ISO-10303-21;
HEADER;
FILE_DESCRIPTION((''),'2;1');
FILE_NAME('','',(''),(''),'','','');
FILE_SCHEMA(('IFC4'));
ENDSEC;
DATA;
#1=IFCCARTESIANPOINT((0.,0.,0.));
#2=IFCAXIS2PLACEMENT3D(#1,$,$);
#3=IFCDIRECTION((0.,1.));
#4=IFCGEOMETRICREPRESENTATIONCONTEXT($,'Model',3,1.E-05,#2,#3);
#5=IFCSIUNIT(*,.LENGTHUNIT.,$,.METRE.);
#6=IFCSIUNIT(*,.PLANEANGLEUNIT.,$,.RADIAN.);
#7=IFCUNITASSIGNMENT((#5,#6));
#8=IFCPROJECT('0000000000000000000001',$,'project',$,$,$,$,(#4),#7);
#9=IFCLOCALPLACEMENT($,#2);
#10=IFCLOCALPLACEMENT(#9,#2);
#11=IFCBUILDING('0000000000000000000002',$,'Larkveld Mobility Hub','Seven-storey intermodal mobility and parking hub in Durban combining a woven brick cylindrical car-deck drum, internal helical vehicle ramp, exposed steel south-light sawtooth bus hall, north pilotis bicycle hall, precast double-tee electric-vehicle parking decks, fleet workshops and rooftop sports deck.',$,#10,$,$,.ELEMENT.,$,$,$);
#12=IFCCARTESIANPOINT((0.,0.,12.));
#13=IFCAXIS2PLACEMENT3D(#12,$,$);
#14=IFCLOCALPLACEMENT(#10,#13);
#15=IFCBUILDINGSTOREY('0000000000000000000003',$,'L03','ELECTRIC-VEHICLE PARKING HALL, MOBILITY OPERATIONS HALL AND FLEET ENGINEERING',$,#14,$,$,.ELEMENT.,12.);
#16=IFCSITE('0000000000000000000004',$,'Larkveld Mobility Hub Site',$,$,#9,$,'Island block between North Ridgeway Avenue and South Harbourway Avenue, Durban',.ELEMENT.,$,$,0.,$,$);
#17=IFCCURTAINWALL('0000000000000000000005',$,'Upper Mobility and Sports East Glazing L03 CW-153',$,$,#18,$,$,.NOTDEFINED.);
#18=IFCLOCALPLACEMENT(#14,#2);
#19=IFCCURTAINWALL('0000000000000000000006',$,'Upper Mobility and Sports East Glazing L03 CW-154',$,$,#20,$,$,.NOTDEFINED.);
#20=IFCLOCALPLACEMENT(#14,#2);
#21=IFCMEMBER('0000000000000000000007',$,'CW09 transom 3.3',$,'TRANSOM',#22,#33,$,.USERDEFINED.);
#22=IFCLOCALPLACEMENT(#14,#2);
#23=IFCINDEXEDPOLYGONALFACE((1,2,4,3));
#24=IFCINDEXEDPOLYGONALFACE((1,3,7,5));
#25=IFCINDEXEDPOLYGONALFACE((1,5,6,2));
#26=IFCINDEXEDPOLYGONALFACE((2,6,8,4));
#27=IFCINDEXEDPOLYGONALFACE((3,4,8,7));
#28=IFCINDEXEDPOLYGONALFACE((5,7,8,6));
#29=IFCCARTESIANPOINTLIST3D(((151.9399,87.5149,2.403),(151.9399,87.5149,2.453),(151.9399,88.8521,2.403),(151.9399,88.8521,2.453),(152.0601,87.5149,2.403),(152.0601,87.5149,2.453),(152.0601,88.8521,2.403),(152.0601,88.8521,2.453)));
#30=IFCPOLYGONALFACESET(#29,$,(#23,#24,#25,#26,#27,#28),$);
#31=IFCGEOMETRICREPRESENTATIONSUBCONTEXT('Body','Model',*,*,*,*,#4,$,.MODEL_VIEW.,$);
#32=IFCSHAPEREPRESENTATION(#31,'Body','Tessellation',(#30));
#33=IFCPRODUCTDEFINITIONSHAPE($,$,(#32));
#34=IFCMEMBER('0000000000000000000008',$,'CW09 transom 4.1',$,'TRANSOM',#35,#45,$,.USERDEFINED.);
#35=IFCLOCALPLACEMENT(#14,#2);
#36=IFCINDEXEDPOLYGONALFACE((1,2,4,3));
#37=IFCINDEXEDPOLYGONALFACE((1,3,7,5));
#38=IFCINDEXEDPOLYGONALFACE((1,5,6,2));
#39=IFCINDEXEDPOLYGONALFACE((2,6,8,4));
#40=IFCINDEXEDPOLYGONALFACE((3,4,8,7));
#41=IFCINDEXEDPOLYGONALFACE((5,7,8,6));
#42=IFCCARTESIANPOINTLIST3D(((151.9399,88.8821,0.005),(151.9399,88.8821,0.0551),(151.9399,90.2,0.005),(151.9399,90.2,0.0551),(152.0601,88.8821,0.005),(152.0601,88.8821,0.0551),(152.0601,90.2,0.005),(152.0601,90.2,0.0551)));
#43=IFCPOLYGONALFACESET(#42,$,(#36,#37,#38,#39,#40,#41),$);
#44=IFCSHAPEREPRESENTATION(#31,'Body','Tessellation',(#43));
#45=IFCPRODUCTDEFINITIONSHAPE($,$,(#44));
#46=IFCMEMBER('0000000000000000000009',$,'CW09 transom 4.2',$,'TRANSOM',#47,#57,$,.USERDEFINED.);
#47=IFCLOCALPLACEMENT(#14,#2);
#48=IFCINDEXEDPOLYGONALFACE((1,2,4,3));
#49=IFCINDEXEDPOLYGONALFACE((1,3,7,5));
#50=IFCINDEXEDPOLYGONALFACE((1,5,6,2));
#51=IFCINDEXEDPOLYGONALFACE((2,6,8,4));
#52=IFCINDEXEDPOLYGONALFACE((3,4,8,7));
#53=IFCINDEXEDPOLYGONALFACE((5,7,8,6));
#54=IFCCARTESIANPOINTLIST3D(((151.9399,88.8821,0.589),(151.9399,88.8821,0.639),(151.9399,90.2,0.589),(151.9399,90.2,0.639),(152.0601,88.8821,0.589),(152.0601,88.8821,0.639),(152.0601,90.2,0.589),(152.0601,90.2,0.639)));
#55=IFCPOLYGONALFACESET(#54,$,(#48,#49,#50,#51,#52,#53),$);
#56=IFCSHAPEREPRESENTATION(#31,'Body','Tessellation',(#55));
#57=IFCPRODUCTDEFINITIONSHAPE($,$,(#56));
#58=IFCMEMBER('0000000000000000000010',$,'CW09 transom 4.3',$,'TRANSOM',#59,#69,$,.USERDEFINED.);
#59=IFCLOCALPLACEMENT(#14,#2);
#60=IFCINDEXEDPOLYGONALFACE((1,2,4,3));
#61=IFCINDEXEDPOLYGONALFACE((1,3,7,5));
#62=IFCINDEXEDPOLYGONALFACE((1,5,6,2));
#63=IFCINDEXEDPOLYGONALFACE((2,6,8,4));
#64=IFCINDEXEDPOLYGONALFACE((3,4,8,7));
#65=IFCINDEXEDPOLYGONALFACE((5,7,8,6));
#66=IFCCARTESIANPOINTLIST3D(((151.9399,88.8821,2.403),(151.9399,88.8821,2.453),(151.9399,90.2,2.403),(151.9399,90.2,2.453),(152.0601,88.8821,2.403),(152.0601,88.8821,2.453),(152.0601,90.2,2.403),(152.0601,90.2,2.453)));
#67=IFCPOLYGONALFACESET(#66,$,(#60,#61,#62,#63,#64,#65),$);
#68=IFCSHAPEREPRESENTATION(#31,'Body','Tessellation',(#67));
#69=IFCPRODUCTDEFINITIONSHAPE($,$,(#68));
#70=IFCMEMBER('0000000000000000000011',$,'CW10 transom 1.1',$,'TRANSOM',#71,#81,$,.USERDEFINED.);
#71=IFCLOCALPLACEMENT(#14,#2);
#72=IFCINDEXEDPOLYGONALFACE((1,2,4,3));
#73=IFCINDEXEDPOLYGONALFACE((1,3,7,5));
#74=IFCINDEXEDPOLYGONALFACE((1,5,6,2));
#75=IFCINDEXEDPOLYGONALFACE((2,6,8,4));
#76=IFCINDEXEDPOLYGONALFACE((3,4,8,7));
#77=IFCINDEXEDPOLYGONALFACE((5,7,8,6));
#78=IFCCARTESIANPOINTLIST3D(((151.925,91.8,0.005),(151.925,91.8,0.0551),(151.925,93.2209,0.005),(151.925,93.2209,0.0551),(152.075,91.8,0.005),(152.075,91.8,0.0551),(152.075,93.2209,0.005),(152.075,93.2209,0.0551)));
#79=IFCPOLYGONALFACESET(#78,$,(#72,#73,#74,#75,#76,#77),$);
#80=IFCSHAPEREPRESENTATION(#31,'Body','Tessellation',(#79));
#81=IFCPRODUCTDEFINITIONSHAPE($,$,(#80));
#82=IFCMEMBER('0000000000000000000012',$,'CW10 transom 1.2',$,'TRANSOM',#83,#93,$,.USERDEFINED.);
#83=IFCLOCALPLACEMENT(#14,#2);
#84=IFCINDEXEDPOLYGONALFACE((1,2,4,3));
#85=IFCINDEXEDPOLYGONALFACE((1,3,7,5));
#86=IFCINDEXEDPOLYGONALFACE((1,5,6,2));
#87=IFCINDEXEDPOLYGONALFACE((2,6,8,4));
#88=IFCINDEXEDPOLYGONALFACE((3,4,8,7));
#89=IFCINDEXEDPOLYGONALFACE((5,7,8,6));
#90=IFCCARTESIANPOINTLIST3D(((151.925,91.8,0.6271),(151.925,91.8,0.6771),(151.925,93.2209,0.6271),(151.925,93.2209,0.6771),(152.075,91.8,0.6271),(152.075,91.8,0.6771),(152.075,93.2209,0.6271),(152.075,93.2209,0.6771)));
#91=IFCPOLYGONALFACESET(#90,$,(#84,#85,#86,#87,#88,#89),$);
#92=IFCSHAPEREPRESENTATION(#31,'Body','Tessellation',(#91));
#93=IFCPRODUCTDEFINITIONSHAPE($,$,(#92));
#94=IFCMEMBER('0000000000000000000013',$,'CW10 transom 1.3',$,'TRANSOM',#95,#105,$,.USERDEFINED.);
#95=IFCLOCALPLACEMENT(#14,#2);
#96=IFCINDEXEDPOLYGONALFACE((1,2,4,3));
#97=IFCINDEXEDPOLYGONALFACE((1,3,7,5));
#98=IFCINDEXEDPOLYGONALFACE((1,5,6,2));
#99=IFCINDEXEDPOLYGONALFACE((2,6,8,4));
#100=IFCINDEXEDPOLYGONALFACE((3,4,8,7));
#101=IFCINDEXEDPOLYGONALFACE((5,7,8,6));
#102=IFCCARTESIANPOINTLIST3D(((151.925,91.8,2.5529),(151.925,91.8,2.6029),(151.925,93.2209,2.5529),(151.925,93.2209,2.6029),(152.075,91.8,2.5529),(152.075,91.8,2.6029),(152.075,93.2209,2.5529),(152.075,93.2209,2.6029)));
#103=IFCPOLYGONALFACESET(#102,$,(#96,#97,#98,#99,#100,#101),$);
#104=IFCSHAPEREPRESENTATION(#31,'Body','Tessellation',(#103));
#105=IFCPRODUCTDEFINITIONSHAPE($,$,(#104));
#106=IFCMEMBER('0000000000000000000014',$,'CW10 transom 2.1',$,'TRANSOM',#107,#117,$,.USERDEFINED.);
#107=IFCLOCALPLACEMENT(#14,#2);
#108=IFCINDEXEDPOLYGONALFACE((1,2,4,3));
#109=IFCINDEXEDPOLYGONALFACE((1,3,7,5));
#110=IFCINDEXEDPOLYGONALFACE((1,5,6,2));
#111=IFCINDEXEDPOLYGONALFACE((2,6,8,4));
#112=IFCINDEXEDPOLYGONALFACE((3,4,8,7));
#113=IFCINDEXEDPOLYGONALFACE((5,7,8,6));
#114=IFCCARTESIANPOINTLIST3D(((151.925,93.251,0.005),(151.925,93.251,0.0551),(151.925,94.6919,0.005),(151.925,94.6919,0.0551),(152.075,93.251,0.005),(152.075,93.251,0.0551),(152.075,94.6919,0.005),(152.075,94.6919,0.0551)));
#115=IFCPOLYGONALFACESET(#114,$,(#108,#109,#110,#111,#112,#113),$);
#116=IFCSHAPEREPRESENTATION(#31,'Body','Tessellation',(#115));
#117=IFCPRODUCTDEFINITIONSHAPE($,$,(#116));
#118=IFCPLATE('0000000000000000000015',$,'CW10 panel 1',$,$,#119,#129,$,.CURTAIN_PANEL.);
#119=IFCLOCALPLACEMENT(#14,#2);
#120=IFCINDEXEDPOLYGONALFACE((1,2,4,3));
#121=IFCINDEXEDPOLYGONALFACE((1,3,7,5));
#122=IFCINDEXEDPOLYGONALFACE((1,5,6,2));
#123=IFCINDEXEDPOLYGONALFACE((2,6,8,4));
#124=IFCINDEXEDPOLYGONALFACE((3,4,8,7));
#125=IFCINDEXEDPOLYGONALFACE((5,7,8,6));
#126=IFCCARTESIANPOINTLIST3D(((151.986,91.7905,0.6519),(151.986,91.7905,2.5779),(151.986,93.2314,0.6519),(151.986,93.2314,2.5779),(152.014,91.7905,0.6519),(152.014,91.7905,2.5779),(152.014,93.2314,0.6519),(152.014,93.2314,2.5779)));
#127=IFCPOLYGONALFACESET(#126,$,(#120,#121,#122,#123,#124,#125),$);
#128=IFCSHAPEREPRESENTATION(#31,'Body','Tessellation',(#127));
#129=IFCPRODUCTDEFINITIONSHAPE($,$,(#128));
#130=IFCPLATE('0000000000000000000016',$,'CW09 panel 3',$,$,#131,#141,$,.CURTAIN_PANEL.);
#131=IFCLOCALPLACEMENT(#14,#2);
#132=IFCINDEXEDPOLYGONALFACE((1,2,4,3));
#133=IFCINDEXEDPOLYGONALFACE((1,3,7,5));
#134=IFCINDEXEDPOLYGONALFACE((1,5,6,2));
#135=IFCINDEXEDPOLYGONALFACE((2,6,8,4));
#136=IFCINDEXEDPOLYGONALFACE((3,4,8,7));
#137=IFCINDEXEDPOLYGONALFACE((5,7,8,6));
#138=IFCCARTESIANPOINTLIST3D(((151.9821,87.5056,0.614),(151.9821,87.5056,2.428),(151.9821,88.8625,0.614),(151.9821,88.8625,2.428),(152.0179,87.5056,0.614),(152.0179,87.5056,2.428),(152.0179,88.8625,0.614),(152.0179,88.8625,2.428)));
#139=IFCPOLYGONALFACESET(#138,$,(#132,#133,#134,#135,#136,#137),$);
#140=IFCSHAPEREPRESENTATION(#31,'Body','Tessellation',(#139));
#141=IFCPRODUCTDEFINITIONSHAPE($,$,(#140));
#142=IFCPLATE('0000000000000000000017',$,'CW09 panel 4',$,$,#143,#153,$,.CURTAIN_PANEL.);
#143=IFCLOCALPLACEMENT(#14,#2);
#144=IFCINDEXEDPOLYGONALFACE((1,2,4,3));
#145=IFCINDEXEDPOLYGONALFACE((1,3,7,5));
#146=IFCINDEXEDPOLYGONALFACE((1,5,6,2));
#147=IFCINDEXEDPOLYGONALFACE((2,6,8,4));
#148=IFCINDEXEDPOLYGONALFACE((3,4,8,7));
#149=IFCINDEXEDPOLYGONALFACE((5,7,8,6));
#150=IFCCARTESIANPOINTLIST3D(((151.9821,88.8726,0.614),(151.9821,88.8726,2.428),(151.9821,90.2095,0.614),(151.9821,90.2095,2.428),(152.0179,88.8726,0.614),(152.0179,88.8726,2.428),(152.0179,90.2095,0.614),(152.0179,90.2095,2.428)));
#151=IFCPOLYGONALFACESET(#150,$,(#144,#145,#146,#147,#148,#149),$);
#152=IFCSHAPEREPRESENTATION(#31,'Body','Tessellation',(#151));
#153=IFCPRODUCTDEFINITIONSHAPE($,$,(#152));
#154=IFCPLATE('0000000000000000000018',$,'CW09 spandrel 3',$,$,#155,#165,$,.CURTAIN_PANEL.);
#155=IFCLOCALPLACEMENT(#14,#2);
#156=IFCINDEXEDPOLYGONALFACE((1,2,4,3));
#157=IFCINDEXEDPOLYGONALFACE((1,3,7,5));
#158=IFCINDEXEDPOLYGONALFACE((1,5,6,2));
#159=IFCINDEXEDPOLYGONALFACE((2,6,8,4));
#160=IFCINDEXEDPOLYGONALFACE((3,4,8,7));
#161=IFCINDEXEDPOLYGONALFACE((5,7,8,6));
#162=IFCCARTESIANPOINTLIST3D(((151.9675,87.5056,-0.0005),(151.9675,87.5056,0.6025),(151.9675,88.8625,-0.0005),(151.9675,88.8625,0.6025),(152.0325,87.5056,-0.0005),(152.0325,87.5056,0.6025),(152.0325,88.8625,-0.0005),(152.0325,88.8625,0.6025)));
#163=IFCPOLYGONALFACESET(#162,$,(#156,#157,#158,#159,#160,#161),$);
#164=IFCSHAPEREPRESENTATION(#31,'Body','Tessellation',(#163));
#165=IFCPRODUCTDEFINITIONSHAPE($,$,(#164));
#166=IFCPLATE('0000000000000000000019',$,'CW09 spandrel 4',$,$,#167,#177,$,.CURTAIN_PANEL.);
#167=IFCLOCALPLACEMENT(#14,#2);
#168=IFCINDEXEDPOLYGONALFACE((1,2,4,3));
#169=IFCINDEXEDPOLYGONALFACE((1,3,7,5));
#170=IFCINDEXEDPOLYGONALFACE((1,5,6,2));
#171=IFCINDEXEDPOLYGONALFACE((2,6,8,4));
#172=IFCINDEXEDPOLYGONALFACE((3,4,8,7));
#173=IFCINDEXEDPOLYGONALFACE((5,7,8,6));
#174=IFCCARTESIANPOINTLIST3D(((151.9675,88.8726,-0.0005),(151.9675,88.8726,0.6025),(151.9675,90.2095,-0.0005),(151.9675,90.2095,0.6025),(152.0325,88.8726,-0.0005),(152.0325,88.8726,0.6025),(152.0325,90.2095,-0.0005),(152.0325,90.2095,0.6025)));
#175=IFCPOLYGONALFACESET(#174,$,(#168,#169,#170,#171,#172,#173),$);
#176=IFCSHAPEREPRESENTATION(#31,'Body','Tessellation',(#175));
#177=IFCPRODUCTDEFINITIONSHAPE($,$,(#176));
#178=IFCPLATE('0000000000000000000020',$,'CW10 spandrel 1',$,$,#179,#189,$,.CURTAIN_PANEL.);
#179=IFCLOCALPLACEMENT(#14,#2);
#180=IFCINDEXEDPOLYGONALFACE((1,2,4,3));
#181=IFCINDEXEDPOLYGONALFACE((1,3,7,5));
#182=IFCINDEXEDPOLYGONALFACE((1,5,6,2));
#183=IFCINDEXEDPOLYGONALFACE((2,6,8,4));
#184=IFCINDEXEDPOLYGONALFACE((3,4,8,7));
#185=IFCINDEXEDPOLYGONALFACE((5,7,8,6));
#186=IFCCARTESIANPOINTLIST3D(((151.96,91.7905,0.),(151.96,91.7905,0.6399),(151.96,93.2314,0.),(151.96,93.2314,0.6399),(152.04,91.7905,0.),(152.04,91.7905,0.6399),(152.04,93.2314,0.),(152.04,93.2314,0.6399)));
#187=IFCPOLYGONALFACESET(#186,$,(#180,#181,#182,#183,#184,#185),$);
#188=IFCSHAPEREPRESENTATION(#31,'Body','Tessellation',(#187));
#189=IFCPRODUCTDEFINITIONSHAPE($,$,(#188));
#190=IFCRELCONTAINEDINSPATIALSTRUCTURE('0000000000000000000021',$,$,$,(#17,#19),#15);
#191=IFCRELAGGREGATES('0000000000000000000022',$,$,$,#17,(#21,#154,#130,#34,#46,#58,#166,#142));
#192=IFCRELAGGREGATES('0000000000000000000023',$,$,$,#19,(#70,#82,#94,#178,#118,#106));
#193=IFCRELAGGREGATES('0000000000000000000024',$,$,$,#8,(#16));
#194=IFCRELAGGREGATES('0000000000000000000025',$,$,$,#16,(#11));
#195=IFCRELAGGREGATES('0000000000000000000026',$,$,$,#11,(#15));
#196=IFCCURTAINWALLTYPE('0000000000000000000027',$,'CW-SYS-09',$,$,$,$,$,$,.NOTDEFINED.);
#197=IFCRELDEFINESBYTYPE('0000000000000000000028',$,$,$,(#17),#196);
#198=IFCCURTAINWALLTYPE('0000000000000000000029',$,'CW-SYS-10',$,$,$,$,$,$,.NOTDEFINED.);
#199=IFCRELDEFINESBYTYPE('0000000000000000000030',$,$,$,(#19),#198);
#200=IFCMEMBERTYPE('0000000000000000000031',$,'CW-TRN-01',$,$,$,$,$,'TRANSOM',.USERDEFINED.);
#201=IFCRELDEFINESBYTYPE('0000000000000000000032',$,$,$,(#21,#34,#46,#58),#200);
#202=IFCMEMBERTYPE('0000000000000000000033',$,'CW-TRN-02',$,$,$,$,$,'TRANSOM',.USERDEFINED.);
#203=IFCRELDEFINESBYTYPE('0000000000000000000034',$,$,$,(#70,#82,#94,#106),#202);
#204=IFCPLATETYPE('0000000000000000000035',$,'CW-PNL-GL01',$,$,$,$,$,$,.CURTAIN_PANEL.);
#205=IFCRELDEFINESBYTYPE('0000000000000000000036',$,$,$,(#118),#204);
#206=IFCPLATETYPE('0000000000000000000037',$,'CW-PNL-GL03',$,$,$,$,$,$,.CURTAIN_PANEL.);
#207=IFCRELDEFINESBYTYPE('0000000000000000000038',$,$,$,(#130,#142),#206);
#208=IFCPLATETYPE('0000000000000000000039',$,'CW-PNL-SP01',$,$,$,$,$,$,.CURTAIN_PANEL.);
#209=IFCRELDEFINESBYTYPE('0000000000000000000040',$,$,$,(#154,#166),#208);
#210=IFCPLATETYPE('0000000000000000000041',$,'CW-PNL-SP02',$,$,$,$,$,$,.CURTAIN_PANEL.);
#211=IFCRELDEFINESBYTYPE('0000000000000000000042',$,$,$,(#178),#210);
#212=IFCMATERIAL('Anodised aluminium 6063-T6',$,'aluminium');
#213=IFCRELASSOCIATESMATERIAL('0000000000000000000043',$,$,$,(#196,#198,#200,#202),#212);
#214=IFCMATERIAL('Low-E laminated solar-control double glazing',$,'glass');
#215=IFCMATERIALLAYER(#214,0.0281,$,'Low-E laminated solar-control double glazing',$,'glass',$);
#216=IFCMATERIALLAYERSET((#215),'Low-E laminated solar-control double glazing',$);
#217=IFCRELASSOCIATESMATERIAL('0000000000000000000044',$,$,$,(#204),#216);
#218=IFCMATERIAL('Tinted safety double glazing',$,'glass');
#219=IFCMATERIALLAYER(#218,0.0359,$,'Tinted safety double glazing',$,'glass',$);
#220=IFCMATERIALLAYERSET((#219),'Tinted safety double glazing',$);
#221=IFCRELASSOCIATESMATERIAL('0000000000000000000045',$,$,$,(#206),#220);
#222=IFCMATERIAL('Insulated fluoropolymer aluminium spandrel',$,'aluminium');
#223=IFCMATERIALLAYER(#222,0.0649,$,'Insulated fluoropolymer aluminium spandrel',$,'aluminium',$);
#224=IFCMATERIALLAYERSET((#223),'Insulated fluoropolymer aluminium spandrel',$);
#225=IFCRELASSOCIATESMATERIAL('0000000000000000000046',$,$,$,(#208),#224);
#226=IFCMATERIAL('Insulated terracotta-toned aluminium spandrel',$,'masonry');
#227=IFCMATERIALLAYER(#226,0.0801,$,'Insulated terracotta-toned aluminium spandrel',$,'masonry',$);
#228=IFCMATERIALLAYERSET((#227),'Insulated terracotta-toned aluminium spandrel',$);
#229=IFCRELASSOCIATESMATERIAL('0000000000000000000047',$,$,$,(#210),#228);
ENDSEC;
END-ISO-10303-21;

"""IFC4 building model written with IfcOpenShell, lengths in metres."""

from ifc_helpers import new_model, si_unit, direction, frame, origin, origin_2d, place, context, subcontext, project, spatial, rectangle, extrude, material, layer, layer_set, material_profile, profile_set, type_object, element, aggregate, save


model = new_model("IFC4")

# Units and contexts
model_context = context("Model", 3, precision=1e-05, world=origin(), true_north=direction((0.0, 1.0)))
body_context = subcontext(model_context, "Body", "Model", "MODEL_VIEW")
ifc_project = project(units=[si_unit("LENGTHUNIT", "METRE"), si_unit("PLANEANGLEUNIT", "RADIAN")], contexts=[model_context])

# Site, building, storey
site_placement = place(None, origin())
site = spatial("IfcSite", under=ifc_project, at=site_placement, Name="Larkveld Mobility Hub Site", LongName="Island block between North Ridgeway Avenue and South Harbourway Avenue, Durban", CompositionType="ELEMENT", RefElevation=0.0)
building_placement = place(site_placement, origin())
building = spatial("IfcBuilding", under=site, at=building_placement, Name="Larkveld Mobility Hub", Description="Seven-storey intermodal mobility and parking hub in Durban combining a woven brick cylindrical car-deck drum, internal helical vehicle ramp, exposed steel south-light sawtooth bus hall, north pilotis bicycle hall, precast double-tee electric-vehicle parking decks, fleet workshops and rooftop sports deck.", CompositionType="ELEMENT")
storey_placement = place(building_placement, frame((0.0, 0.0, 12.0)))
storey = spatial("IfcBuildingStorey", under=building, at=storey_placement, Name="L03", Description="ELECTRIC-VEHICLE PARKING HALL, MOBILITY OPERATIONS HALL AND FLEET ENGINEERING", CompositionType="ELEMENT", Elevation=12.0)

# Curtain walls
ifc_material_1 = material(Name="Anodised aluminium 6063-T6", Category="aluminium")
curtain_wall_type_1 = type_object("IfcCurtainWallType", Name="CW-SYS-09", PredefinedType="NOTDEFINED", material=ifc_material_1)
curtain_wall_1_placement = place(storey_placement, origin())
curtain_wall_1 = element("IfcCurtainWall", 1, at=curtain_wall_1_placement, inside=storey, type_object=curtain_wall_type_1, Name="Upper Mobility and Sports East Glazing L03 CW-153", PredefinedType="NOTDEFINED")
curtain_wall_type_2 = type_object("IfcCurtainWallType", Name="CW-SYS-10", PredefinedType="NOTDEFINED", material=ifc_material_1)
curtain_wall_2_placement = place(storey_placement, origin())
curtain_wall_2 = element("IfcCurtainWall", 2, at=curtain_wall_2_placement, inside=storey, type_object=curtain_wall_type_2, Name="Upper Mobility and Sports East Glazing L03 CW-154", PredefinedType="NOTDEFINED")

# Members
ifc_material_profile_1 = material_profile(ifc_material_1, rectangle(XDim=0.1201, YDim=0.05, at=origin_2d()), Name="ALU TRAN 50x120")
ifc_profile_set_1 = profile_set([ifc_material_profile_1], Name="Anodised aluminium 6063-T6")
member_type_1 = type_object("IfcMemberType", Name="CW-TRN-01", ElementType="TRANSOM", PredefinedType="USERDEFINED", material=ifc_profile_set_1)
member_1_placement = place(storey_placement, frame((152.0, 87.5149, 2.428), z_axis=(0.0, 1.0, 0.0), x_axis=(-1.0, 0.0, 0.0)))
member_1 = element("IfcMember", 3, at=member_1_placement, type_object=member_type_1, Name="CW09 transom 3.3", ObjectType="TRANSOM", PredefinedType="USERDEFINED", context=body_context, shape_type="SweptSolid", body=[
    extrude(rectangle(XDim=0.1201, YDim=0.05, at=origin_2d()), origin(), (0.0, 0.0, 1.0), 1.3372),
])
member_2_placement = place(storey_placement, frame((152.0, 88.8821, 0.03), z_axis=(0.0, 1.0, 0.0), x_axis=(-1.0, 0.0, 0.0)))
member_2 = element("IfcMember", 4, at=member_2_placement, type_object=member_type_1, Name="CW09 transom 4.1", ObjectType="TRANSOM", PredefinedType="USERDEFINED", context=body_context, shape_type="SweptSolid", body=[
    extrude(rectangle(XDim=0.1201, YDim=0.05, at=origin_2d()), origin(), (0.0, 0.0, 1.0), 1.3179),
])
member_3_placement = place(storey_placement, frame((152.0, 88.8821, 0.614), z_axis=(0.0, 1.0, 0.0), x_axis=(-1.0, 0.0, 0.0)))
member_3 = element("IfcMember", 5, at=member_3_placement, type_object=member_type_1, Name="CW09 transom 4.2", ObjectType="TRANSOM", PredefinedType="USERDEFINED", context=body_context, shape_type="SweptSolid", body=[
    extrude(rectangle(XDim=0.1201, YDim=0.05, at=origin_2d()), origin(), (0.0, 0.0, 1.0), 1.3179),
])
member_4_placement = place(storey_placement, frame((152.0, 88.8821, 2.428), z_axis=(0.0, 1.0, 0.0), x_axis=(-1.0, 0.0, 0.0)))
member_4 = element("IfcMember", 6, at=member_4_placement, type_object=member_type_1, Name="CW09 transom 4.3", ObjectType="TRANSOM", PredefinedType="USERDEFINED", context=body_context, shape_type="SweptSolid", body=[
    extrude(rectangle(XDim=0.1201, YDim=0.05, at=origin_2d()), origin(), (0.0, 0.0, 1.0), 1.3179),
])
ifc_material_profile_2 = material_profile(ifc_material_1, rectangle(XDim=0.1499, YDim=0.05, at=origin_2d()), Name="ALU TRAN 50x150")
ifc_profile_set_2 = profile_set([ifc_material_profile_2], Name="Anodised aluminium 6063-T6")
member_type_2 = type_object("IfcMemberType", Name="CW-TRN-02", ElementType="TRANSOM", PredefinedType="USERDEFINED", material=ifc_profile_set_2)
member_5_placement = place(storey_placement, frame((152.0, 91.8, 0.03), z_axis=(0.0, 1.0, 0.0), x_axis=(-1.0, 0.0, 0.0)))
member_5 = element("IfcMember", 7, at=member_5_placement, type_object=member_type_2, Name="CW10 transom 1.1", ObjectType="TRANSOM", PredefinedType="USERDEFINED", context=body_context, shape_type="SweptSolid", body=[
    extrude(rectangle(XDim=0.1499, YDim=0.05, at=origin_2d()), origin(), (0.0, 0.0, 1.0), 1.4209),
])
member_6_placement = place(storey_placement, frame((152.0, 91.8, 0.6521), z_axis=(0.0, 1.0, 0.0), x_axis=(-1.0, 0.0, 0.0)))
member_6 = element("IfcMember", 8, at=member_6_placement, type_object=member_type_2, Name="CW10 transom 1.2", ObjectType="TRANSOM", PredefinedType="USERDEFINED", context=body_context, shape_type="SweptSolid", body=[
    extrude(rectangle(XDim=0.1499, YDim=0.05, at=origin_2d()), origin(), (0.0, 0.0, 1.0), 1.4209),
])
member_7_placement = place(storey_placement, frame((152.0, 91.8, 2.5779), z_axis=(0.0, 1.0, 0.0), x_axis=(-1.0, 0.0, 0.0)))
member_7 = element("IfcMember", 9, at=member_7_placement, type_object=member_type_2, Name="CW10 transom 1.3", ObjectType="TRANSOM", PredefinedType="USERDEFINED", context=body_context, shape_type="SweptSolid", body=[
    extrude(rectangle(XDim=0.1499, YDim=0.05, at=origin_2d()), origin(), (0.0, 0.0, 1.0), 1.4209),
])
member_8_placement = place(storey_placement, frame((152.0, 93.251, 0.03), z_axis=(0.0, 1.0, 0.0), x_axis=(-1.0, 0.0, 0.0)))
member_8 = element("IfcMember", 10, at=member_8_placement, type_object=member_type_2, Name="CW10 transom 2.1", ObjectType="TRANSOM", PredefinedType="USERDEFINED", context=body_context, shape_type="SweptSolid", body=[
    extrude(rectangle(XDim=0.1499, YDim=0.05, at=origin_2d()), origin(), (0.0, 0.0, 1.0), 1.4409),
])

# Plates
ifc_material_2 = material(Name="Low-E laminated solar-control double glazing", Category="glass")
ifc_layer_1 = layer(ifc_material_2, 0.0281, Name="Low-E laminated solar-control double glazing", Category="glass")
ifc_layer_set_1 = layer_set([ifc_layer_1], Name="Low-E laminated solar-control double glazing")
plate_type_1 = type_object("IfcPlateType", Name="CW-PNL-GL01", PredefinedType="CURTAIN_PANEL", material=ifc_layer_set_1)
plate_1_placement = place(storey_placement, frame((152.0, 92.511, 0.6519), z_axis=(0.0, 0.0, 1.0), x_axis=(0.0, 1.0, 0.0)))
plate_1 = element("IfcPlate", 11, at=plate_1_placement, type_object=plate_type_1, Name="CW10 panel 1", PredefinedType="CURTAIN_PANEL", context=body_context, shape_type="SweptSolid", body=[
    extrude(rectangle(XDim=1.4409, YDim=0.0281, at=origin_2d()), origin(), (0.0, 0.0, 1.0), 1.926),
])
ifc_material_3 = material(Name="Tinted safety double glazing", Category="glass")
ifc_layer_2 = layer(ifc_material_3, 0.0359, Name="Tinted safety double glazing", Category="glass")
ifc_layer_set_2 = layer_set([ifc_layer_2], Name="Tinted safety double glazing")
plate_type_2 = type_object("IfcPlateType", Name="CW-PNL-GL03", PredefinedType="CURTAIN_PANEL", material=ifc_layer_set_2)
plate_2_placement = place(storey_placement, frame((152.0, 88.1841, 0.614), z_axis=(0.0, 0.0, 1.0), x_axis=(0.0, 1.0, 0.0)))
plate_2 = element("IfcPlate", 12, at=plate_2_placement, type_object=plate_type_2, Name="CW09 panel 3", PredefinedType="CURTAIN_PANEL", context=body_context, shape_type="SweptSolid", body=[
    extrude(rectangle(XDim=1.3569, YDim=0.0359, at=origin_2d()), origin(), (0.0, 0.0, 1.0), 1.814),
])
plate_3_placement = place(storey_placement, frame((152.0, 89.541, 0.614), z_axis=(0.0, 0.0, 1.0), x_axis=(0.0, 1.0, 0.0)))
plate_3 = element("IfcPlate", 13, at=plate_3_placement, type_object=plate_type_2, Name="CW09 panel 4", PredefinedType="CURTAIN_PANEL", context=body_context, shape_type="SweptSolid", body=[
    extrude(rectangle(XDim=1.3369, YDim=0.0359, at=origin_2d()), origin(), (0.0, 0.0, 1.0), 1.814),
])
ifc_material_4 = material(Name="Insulated fluoropolymer aluminium spandrel", Category="aluminium")
ifc_layer_3 = layer(ifc_material_4, 0.0649, Name="Insulated fluoropolymer aluminium spandrel", Category="aluminium")
ifc_layer_set_3 = layer_set([ifc_layer_3], Name="Insulated fluoropolymer aluminium spandrel")
plate_type_3 = type_object("IfcPlateType", Name="CW-PNL-SP01", PredefinedType="CURTAIN_PANEL", material=ifc_layer_set_3)
plate_4_placement = place(storey_placement, frame((152.0, 88.1841, -0.0005), z_axis=(0.0, 0.0, 1.0), x_axis=(0.0, 1.0, 0.0)))
plate_4 = element("IfcPlate", 14, at=plate_4_placement, type_object=plate_type_3, Name="CW09 spandrel 3", PredefinedType="CURTAIN_PANEL", context=body_context, shape_type="SweptSolid", body=[
    extrude(rectangle(XDim=1.3569, YDim=0.0649, at=origin_2d()), origin(), (0.0, 0.0, 1.0), 0.603),
])
plate_5_placement = place(storey_placement, frame((152.0, 89.541, -0.0005), z_axis=(0.0, 0.0, 1.0), x_axis=(0.0, 1.0, 0.0)))
plate_5 = element("IfcPlate", 15, at=plate_5_placement, type_object=plate_type_3, Name="CW09 spandrel 4", PredefinedType="CURTAIN_PANEL", context=body_context, shape_type="SweptSolid", body=[
    extrude(rectangle(XDim=1.3369, YDim=0.0649, at=origin_2d()), origin(), (0.0, 0.0, 1.0), 0.603),
])
aggregate(curtain_wall_1, [member_1, plate_4, plate_2, member_2, member_3, member_4, plate_5, plate_3])
ifc_material_5 = material(Name="Insulated terracotta-toned aluminium spandrel", Category="masonry")
ifc_layer_4 = layer(ifc_material_5, 0.0801, Name="Insulated terracotta-toned aluminium spandrel", Category="masonry")
ifc_layer_set_4 = layer_set([ifc_layer_4], Name="Insulated terracotta-toned aluminium spandrel")
plate_type_4 = type_object("IfcPlateType", Name="CW-PNL-SP02", PredefinedType="CURTAIN_PANEL", material=ifc_layer_set_4)
plate_6_placement = place(storey_placement, frame((152.0, 92.511, 0.0), z_axis=(0.0, 0.0, 1.0), x_axis=(0.0, 1.0, 0.0)))
plate_6 = element("IfcPlate", 16, at=plate_6_placement, type_object=plate_type_4, Name="CW10 spandrel 1", PredefinedType="CURTAIN_PANEL", context=body_context, shape_type="SweptSolid", body=[
    extrude(rectangle(XDim=1.4409, YDim=0.0801, at=origin_2d()), origin(), (0.0, 0.0, 1.0), 0.6399),
])
aggregate(curtain_wall_2, [member_5, member_6, member_7, plate_6, plate_1, member_8])

save(model, "model.ifc")
